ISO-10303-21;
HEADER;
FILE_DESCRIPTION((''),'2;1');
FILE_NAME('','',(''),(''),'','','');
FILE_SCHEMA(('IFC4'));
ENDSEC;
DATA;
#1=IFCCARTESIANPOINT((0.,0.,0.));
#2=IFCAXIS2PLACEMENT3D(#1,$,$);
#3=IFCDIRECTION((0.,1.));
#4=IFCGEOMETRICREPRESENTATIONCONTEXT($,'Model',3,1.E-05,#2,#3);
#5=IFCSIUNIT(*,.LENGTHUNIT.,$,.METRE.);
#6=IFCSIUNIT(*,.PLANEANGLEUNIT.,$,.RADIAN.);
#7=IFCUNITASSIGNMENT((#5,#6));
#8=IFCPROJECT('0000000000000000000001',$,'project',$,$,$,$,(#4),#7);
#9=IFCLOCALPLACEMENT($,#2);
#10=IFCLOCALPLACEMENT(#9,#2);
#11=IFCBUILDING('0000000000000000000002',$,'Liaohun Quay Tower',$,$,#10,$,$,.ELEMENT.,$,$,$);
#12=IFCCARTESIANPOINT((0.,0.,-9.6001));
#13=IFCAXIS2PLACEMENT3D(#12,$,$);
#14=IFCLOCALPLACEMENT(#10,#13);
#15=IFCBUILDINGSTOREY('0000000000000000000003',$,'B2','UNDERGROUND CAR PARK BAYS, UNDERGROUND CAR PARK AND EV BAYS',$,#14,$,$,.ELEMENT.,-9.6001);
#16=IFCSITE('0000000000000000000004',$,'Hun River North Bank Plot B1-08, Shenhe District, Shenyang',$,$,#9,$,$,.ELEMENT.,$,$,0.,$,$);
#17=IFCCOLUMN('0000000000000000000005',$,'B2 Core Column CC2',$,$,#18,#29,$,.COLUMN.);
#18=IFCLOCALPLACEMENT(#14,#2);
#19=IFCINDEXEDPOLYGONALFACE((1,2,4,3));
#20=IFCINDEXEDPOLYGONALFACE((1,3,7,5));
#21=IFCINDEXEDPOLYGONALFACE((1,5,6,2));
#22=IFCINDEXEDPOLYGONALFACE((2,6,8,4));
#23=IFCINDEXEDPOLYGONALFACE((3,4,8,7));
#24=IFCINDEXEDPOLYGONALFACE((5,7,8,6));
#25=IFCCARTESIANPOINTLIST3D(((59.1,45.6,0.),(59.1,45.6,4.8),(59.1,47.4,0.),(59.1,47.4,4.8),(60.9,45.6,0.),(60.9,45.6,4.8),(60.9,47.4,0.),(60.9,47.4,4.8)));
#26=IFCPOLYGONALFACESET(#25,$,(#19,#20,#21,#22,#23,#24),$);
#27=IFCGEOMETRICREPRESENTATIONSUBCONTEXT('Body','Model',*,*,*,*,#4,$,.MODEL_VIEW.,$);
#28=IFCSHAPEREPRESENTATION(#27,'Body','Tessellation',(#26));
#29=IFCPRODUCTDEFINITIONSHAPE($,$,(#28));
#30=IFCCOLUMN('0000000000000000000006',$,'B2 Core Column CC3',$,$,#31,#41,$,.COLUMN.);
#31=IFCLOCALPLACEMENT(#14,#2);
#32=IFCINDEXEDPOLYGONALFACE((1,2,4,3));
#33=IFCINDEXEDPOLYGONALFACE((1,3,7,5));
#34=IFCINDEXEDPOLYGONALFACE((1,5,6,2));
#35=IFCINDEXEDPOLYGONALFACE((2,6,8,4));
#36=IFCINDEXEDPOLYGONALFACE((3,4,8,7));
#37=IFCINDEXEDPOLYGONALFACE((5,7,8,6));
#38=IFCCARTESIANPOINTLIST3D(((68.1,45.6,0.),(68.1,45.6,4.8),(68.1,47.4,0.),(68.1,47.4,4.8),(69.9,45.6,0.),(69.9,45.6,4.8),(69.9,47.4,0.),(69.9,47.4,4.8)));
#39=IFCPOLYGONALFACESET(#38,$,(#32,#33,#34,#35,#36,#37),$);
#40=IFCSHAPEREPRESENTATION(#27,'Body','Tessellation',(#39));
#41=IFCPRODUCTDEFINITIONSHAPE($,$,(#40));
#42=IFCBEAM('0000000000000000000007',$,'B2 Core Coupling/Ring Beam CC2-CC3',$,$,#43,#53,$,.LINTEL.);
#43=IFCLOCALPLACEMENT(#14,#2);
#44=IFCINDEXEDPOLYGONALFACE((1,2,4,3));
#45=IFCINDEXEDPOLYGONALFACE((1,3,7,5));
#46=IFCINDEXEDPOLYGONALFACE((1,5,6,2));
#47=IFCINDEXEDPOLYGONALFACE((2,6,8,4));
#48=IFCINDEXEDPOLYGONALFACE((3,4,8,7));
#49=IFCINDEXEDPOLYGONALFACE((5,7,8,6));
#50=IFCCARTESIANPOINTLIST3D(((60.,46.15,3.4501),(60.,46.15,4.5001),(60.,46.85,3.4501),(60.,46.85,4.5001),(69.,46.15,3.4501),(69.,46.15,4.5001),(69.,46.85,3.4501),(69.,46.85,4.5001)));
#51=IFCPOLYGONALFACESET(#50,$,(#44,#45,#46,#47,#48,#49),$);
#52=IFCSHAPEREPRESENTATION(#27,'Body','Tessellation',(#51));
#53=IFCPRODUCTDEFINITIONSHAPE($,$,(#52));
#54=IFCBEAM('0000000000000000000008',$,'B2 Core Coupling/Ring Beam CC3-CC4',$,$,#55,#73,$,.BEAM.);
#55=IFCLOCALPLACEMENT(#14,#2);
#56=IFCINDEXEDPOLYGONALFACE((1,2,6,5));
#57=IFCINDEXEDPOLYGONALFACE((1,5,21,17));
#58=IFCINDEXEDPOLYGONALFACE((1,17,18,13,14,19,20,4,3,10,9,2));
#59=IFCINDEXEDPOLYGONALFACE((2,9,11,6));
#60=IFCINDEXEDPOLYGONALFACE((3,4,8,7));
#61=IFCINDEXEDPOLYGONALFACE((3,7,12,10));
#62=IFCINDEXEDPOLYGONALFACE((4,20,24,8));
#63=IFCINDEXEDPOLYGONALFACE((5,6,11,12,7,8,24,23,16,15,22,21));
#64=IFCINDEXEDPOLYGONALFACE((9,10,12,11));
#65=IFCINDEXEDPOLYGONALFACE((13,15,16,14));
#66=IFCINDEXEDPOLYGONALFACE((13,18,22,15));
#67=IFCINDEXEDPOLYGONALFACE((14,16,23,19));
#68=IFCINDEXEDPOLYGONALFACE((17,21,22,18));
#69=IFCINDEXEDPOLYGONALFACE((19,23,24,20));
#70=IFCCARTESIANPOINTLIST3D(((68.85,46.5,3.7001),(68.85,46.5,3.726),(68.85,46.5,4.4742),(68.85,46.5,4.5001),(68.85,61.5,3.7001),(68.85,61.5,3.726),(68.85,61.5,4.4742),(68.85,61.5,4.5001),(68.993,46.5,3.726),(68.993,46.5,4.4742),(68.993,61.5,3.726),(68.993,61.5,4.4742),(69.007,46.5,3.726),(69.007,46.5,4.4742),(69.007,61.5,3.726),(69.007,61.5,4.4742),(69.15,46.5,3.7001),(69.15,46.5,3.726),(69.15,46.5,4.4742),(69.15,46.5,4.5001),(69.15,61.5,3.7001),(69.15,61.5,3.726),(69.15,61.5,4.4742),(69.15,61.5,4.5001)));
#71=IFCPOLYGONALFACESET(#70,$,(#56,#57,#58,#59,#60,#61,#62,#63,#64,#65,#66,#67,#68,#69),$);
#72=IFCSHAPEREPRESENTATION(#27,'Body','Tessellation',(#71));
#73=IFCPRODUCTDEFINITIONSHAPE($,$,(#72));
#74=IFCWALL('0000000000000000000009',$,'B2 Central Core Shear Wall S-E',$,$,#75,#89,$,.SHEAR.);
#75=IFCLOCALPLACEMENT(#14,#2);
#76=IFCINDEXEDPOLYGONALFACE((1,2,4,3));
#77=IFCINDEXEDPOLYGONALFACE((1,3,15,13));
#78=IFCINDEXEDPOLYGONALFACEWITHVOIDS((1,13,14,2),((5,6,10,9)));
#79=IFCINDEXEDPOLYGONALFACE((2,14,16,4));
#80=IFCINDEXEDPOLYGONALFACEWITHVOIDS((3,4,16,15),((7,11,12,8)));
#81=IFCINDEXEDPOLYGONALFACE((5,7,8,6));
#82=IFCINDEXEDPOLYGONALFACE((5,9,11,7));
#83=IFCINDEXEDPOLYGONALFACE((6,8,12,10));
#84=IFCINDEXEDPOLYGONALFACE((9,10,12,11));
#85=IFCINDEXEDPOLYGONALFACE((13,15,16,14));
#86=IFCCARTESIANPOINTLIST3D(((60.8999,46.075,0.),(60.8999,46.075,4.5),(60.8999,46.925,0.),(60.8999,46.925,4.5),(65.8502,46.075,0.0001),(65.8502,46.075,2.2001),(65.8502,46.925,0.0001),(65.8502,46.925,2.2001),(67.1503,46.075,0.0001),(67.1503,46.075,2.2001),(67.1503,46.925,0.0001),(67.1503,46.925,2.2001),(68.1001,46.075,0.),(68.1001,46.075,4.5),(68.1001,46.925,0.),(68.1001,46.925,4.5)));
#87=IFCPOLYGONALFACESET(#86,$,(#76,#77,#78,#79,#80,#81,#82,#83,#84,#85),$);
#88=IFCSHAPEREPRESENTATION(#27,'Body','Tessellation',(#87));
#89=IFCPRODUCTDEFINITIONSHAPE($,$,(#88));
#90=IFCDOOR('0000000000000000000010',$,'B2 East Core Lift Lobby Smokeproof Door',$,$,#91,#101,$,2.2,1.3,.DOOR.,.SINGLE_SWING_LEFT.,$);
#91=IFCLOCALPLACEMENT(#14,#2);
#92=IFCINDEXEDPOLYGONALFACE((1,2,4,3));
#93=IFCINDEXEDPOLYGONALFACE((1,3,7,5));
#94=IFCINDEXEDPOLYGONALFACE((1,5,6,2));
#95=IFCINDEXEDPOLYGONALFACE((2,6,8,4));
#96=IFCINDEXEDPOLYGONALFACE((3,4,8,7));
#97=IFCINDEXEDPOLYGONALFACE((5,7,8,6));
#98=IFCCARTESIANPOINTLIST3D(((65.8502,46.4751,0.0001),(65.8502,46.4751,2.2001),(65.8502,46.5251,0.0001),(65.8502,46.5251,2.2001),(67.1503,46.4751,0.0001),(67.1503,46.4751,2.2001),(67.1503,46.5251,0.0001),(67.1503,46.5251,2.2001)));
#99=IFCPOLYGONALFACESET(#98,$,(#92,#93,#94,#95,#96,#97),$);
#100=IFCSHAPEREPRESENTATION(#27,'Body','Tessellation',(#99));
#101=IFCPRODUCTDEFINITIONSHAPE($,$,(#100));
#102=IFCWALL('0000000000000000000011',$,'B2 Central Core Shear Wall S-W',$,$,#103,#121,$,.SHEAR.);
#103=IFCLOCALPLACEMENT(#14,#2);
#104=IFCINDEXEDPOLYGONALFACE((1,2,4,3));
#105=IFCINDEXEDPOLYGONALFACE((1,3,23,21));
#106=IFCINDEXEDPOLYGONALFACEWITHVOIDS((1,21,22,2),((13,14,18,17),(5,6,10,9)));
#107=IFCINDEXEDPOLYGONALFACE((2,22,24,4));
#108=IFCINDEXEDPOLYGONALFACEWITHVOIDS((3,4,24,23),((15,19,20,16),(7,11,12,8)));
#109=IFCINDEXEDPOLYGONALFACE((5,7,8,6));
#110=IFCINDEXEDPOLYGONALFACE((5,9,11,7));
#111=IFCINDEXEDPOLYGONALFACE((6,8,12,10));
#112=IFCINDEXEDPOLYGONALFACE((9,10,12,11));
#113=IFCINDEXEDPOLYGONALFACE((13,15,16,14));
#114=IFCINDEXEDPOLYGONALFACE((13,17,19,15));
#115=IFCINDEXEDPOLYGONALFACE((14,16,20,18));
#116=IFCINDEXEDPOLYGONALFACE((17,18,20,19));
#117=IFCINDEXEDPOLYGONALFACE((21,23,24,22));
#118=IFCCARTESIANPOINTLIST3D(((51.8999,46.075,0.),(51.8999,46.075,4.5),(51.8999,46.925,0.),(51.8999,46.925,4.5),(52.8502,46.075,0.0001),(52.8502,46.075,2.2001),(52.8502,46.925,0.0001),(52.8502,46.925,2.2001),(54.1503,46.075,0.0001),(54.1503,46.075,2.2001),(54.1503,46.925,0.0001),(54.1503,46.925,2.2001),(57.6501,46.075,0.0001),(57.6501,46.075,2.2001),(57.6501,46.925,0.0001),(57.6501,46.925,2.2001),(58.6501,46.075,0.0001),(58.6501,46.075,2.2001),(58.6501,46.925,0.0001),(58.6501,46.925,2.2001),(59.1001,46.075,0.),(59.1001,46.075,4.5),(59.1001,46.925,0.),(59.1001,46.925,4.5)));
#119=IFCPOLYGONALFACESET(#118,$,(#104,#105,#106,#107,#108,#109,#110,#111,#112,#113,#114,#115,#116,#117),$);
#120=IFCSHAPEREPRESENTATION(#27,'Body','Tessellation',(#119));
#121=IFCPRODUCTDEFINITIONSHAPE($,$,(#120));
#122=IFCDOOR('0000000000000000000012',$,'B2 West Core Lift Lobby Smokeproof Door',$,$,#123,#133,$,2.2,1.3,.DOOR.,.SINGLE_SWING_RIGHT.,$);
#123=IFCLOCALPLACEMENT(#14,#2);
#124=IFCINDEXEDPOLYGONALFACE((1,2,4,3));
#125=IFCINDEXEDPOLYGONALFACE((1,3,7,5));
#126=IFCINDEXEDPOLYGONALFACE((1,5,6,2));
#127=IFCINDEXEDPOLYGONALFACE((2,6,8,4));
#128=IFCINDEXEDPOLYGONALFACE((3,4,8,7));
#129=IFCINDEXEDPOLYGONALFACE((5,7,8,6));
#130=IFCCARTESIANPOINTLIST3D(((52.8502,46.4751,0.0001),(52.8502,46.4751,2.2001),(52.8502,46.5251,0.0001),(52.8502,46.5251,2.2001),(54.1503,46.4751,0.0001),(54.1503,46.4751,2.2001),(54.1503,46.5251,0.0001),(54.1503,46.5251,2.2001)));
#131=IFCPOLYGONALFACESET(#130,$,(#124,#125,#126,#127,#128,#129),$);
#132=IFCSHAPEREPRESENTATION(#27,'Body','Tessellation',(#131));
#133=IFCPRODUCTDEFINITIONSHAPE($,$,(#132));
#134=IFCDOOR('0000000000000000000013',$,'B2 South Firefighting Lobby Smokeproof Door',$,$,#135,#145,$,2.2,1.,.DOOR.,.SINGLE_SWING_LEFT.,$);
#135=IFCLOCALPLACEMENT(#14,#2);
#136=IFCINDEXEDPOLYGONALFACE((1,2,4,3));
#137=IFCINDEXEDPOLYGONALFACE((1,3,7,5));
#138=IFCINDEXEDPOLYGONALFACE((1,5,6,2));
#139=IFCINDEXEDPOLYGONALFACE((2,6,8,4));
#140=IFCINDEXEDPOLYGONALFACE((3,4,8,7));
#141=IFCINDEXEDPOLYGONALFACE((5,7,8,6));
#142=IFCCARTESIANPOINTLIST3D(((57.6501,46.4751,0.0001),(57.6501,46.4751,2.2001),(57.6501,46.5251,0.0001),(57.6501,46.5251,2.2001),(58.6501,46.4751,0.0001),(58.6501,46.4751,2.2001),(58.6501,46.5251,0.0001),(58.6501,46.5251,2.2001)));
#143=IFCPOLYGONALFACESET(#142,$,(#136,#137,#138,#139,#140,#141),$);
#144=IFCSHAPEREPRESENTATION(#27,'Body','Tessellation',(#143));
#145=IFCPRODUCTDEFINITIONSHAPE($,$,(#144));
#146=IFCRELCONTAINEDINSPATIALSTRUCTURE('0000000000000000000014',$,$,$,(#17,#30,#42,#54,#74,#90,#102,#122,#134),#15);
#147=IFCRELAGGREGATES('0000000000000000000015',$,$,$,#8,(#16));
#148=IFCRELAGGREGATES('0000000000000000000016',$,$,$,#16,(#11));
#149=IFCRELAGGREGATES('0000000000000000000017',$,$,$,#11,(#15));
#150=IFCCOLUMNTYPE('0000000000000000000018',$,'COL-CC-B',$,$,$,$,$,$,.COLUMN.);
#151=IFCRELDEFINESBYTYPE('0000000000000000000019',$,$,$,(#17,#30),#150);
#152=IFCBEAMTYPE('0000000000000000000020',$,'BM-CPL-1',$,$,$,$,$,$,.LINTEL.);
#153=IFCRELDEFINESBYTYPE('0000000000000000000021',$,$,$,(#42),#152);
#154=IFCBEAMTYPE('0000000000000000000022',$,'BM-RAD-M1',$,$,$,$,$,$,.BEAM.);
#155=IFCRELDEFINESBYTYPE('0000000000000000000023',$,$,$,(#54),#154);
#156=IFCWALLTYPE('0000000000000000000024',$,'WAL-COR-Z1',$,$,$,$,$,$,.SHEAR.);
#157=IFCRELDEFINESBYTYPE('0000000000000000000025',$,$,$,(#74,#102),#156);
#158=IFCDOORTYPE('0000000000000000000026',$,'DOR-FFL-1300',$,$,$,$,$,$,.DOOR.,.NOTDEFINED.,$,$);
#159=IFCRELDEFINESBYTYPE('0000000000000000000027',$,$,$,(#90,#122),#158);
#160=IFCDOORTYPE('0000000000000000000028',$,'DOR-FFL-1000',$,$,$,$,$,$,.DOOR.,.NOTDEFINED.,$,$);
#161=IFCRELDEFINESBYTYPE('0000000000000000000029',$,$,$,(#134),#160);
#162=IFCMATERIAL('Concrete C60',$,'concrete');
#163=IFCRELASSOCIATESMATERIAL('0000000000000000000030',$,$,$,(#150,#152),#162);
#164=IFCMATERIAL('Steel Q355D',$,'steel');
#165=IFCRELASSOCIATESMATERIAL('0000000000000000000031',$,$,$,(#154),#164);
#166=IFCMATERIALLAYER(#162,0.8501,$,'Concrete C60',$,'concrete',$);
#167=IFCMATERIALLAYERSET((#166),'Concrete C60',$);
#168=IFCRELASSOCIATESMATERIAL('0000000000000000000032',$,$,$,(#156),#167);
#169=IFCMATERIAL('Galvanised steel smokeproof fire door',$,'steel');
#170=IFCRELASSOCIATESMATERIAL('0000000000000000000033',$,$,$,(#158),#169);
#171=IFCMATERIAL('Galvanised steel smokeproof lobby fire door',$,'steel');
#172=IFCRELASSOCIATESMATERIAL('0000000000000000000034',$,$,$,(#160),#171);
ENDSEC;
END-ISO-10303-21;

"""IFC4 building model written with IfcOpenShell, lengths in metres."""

from ifc_helpers import new_model, si_unit, direction, frame, frame_2d, origin, origin_2d, place, context, subcontext, project, spatial, rectangle, i_section, extrude, source, transform, mapped, material, layer, layer_set, material_profile, profile_set, type_object, element, fill, save


model = new_model("IFC4")

# Units and contexts
model_context = context("Model", 3, precision=1e-05, world=origin(), true_north=direction((0.0, 1.0)))
body_context = subcontext(model_context, "Body", "Model", "MODEL_VIEW")
ifc_project = project(units=[si_unit("LENGTHUNIT", "METRE"), si_unit("PLANEANGLEUNIT", "RADIAN")], contexts=[model_context])

# Site, building, storey
site_placement = place(None, origin())
site = spatial("IfcSite", under=ifc_project, at=site_placement, Name="Hun River North Bank Plot B1-08, Shenhe District, Shenyang", CompositionType="ELEMENT", RefElevation=0.0)
building_placement = place(site_placement, origin())
building = spatial("IfcBuilding", under=site, at=building_placement, Name="Liaohun Quay Tower", CompositionType="ELEMENT")
storey_placement = place(building_placement, frame((0.0, 0.0, -9.6001)))
storey = spatial("IfcBuildingStorey", under=building, at=storey_placement, Name="B2", Description="UNDERGROUND CAR PARK BAYS, UNDERGROUND CAR PARK AND EV BAYS", CompositionType="ELEMENT", Elevation=-9.6001)

# Columns
ifc_material_1 = material(Name="Concrete C60", Category="concrete")
ifc_material_profile_1 = material_profile(ifc_material_1, rectangle(XDim=1.8, YDim=1.8, at=origin_2d()), Name="RC1800x1800")
ifc_profile_set_1 = profile_set([ifc_material_profile_1], Name="Concrete C60")
column_type = type_object("IfcColumnType", Name="COL-CC-B", PredefinedType="COLUMN", material=ifc_profile_set_1)
shared_shape_1 = source(origin(), body_context, "Body", "SweptSolid", [
    extrude(rectangle(XDim=1.8, YDim=1.8, at=origin_2d()), origin(), (0.0, 0.0, 1.0), 4.8),
])
for number, where, z_axis, x_axis, name in (
    (1, (60.0, 46.5, 0.0), (0.0, 0.0, 1.0), (1.0, 0.0, 0.0), "B2 Core Column CC2"),
    (2, (69.0, 46.5, 0.0), (0.0, 0.0, 1.0), (1.0, 0.0, 0.0), "B2 Core Column CC3"),
):
    element("IfcColumn", number, at=place(storey_placement, frame(where, z_axis=z_axis, x_axis=x_axis)), inside=storey, type_object=column_type, Name=name, PredefinedType="COLUMN", context=body_context, shape_type="MappedRepresentation", body=[
        mapped(shared_shape_1, transform((0.0, 0.0, 0.0), x_axis=(1.0, 0.0, 0.0), y_axis=(0.0, 1.0, 0.0), z_axis=(0.0, 0.0, 1.0), scale=1.0)),
    ])

# Beams
ifc_material_profile_2 = material_profile(ifc_material_1, rectangle(XDim=0.7, YDim=1.05, at=origin_2d()), Name="RC700x1050")
ifc_profile_set_2 = profile_set([ifc_material_profile_2], Name="Concrete C60")
beam_type_1 = type_object("IfcBeamType", Name="BM-CPL-1", PredefinedType="LINTEL", material=ifc_profile_set_2)
shared_shape_2 = source(origin(), body_context, "Body", "SweptSolid", [
    extrude(rectangle(XDim=0.7, YDim=1.05, at=origin_2d()), origin(), (0.0, 0.0, 1.0), 9.0),
])
beam_1_placement = place(storey_placement, frame((60.0, 46.5, 3.9751), z_axis=(1.0, 0.0, 0.0), x_axis=(0.0, 1.0, 0.0)))
element("IfcBeam", 3, at=beam_1_placement, inside=storey, type_object=beam_type_1, Name="B2 Core Coupling/Ring Beam CC2-CC3", PredefinedType="LINTEL", context=body_context, shape_type="MappedRepresentation", body=[
    mapped(shared_shape_2, transform((0.0, 0.0, 0.0), x_axis=(1.0, 0.0, 0.0), y_axis=(0.0, 1.0, 0.0), z_axis=(0.0, 0.0, 1.0), scale=1.0)),
])
ifc_material_2 = material(Name="Steel Q355D", Category="steel")
ifc_material_profile_3 = material_profile(ifc_material_2, i_section(OverallWidth=0.3, OverallDepth=0.8, WebThickness=0.0139, FlangeThickness=0.0259, at=origin_2d()), Name="HN800x300x14x26")
ifc_profile_set_3 = profile_set([ifc_material_profile_3], Name="Steel Q355D")
beam_type_2 = type_object("IfcBeamType", Name="BM-RAD-M1", PredefinedType="BEAM", material=ifc_profile_set_3)
shared_shape_3 = source(origin(), body_context, "Body", "SweptSolid", [
    extrude(i_section(OverallWidth=0.3, OverallDepth=0.8, WebThickness=0.0139, FlangeThickness=0.0259, at=origin_2d()), origin(), (0.0, 0.0, 1.0), 15.0),
])
beam_2_placement = place(storey_placement, frame((69.0, 46.5, 4.1001), z_axis=(0.0, 1.0, 0.0), x_axis=(-1.0, 0.0, 0.0)))
element("IfcBeam", 4, at=beam_2_placement, inside=storey, type_object=beam_type_2, Name="B2 Core Coupling/Ring Beam CC3-CC4", PredefinedType="BEAM", context=body_context, shape_type="MappedRepresentation", body=[
    mapped(shared_shape_3, transform((0.0, 0.0, 0.0), x_axis=(1.0, 0.0, 0.0), y_axis=(0.0, 1.0, 0.0), z_axis=(0.0, 0.0, 1.0), scale=1.0)),
])

# Wall, opening, door
ifc_layer_1 = layer(ifc_material_1, 0.8501, Name="Concrete C60", Category="concrete")
ifc_layer_set_1 = layer_set([ifc_layer_1], Name="Concrete C60")
wall_type_1 = type_object("IfcWallType", Name="WAL-COR-Z1", PredefinedType="SHEAR", material=ifc_layer_set_1)
wall_1_placement = place(storey_placement, frame((68.1001, 46.5, 0.0), z_axis=(0.0, 0.0, 1.0), x_axis=(-1.0, 0.0, 0.0)))
wall_1 = element("IfcWall", 5, at=wall_1_placement, inside=storey, type_object=wall_type_1, Name="B2 Central Core Shear Wall S-E", PredefinedType="SHEAR", context=body_context, shape_type="SweptSolid", body=[
    extrude(rectangle(XDim=7.2002, YDim=0.8501, at=frame_2d((3.6001, 0.0))), origin(), (0.0, 0.0, 1.0), 4.5),
])
shared_shape_4 = source(origin(), body_context, "Body", "SweptSolid", [
    extrude(rectangle(XDim=1.3, YDim=2.2, at=frame_2d((0.6499, 1.1001))), frame((0.0, 0.4351, 0.0), z_axis=(0.0, -1.0, 0.0), x_axis=(1.0, 0.0, 0.0)), (0.0, 0.0, 1.0), 0.8701),
])
opening_1_placement = place(wall_1_placement, frame((0.95, 0.0, 0.0)))
opening_1 = element("IfcOpeningElement", 6, at=opening_1_placement, cuts=wall_1, PredefinedType="OPENING", context=body_context, shape_type="MappedRepresentation", body=[
    mapped(shared_shape_4, transform((0.0, 0.0, 0.0), x_axis=(1.0, 0.0, 0.0), y_axis=(0.0, 1.0, 0.0), z_axis=(0.0, 0.0, 1.0), scale=1.0)),
])
ifc_material_3 = material(Name="Galvanised steel smokeproof fire door", Category="steel")
door_type_1 = type_object("IfcDoorType", Name="DOR-FFL-1300", OperationType="NOTDEFINED", PredefinedType="DOOR", material=ifc_material_3)
shared_shape_5 = source(origin(), body_context, "Body", "SweptSolid", [
    extrude(rectangle(XDim=1.3, YDim=2.2, at=frame_2d((0.6499, 1.1001))), frame((0.0, 0.0249, 0.0), z_axis=(0.0, -1.0, 0.0), x_axis=(1.0, 0.0, 0.0)), (0.0, 0.0, 1.0), 0.05),
])
door_1_placement = place(opening_1_placement, origin())
door_1 = element("IfcDoor", 7, at=door_1_placement, inside=storey, type_object=door_type_1, Name="B2 East Core Lift Lobby Smokeproof Door", OperationType="SINGLE_SWING_LEFT", OverallHeight=2.2, OverallWidth=1.3, PredefinedType="DOOR", context=body_context, shape_type="MappedRepresentation", body=[
    mapped(shared_shape_5, transform((0.0, 0.0, 0.0), x_axis=(1.0, 0.0, 0.0), y_axis=(0.0, 1.0, 0.0), z_axis=(0.0, 0.0, 1.0), scale=1.0)),
])
fill(opening_1, door_1)

# Wall, openings, doors
wall_2_placement = place(storey_placement, frame((59.1001, 46.5, 0.0), z_axis=(0.0, 0.0, 1.0), x_axis=(-1.0, 0.0, 0.0)))
wall_2 = element("IfcWall", 8, at=wall_2_placement, inside=storey, type_object=wall_type_1, Name="B2 Central Core Shear Wall S-W", PredefinedType="SHEAR", context=body_context, shape_type="SweptSolid", body=[
    extrude(rectangle(XDim=7.2002, YDim=0.8501, at=frame_2d((3.6001, 0.0))), origin(), (0.0, 0.0, 1.0), 4.5),
])
opening_2_placement = place(wall_2_placement, frame((4.95, 0.0, 0.0)))
opening_2 = element("IfcOpeningElement", 9, at=opening_2_placement, cuts=wall_2, PredefinedType="OPENING", context=body_context, shape_type="MappedRepresentation", body=[
    mapped(shared_shape_4, transform((0.0, 0.0, 0.0), x_axis=(1.0, 0.0, 0.0), y_axis=(0.0, 1.0, 0.0), z_axis=(0.0, 0.0, 1.0), scale=1.0)),
])
shared_shape_6 = source(origin(), body_context, "Body", "SweptSolid", [
    extrude(rectangle(XDim=1.0, YDim=2.2, at=frame_2d((0.5, 1.1001))), frame((0.0, 0.4351, 0.0), z_axis=(0.0, -1.0, 0.0), x_axis=(1.0, 0.0, 0.0)), (0.0, 0.0, 1.0), 0.8701),
])
opening_3_placement = place(wall_2_placement, frame((0.45, 0.0, 0.0)))
opening_3 = element("IfcOpeningElement", 10, at=opening_3_placement, cuts=wall_2, PredefinedType="OPENING", context=body_context, shape_type="MappedRepresentation", body=[
    mapped(shared_shape_6, transform((0.0, 0.0, 0.0), x_axis=(1.0, 0.0, 0.0), y_axis=(0.0, 1.0, 0.0), z_axis=(0.0, 0.0, 1.0), scale=1.0)),
])
door_2_placement = place(opening_2_placement, origin())
door_2 = element("IfcDoor", 11, at=door_2_placement, inside=storey, type_object=door_type_1, Name="B2 West Core Lift Lobby Smokeproof Door", OperationType="SINGLE_SWING_RIGHT", OverallHeight=2.2, OverallWidth=1.3, PredefinedType="DOOR", context=body_context, shape_type="MappedRepresentation", body=[
    mapped(shared_shape_5, transform((0.0, 0.0, 0.0), x_axis=(1.0, 0.0, 0.0), y_axis=(0.0, 1.0, 0.0), z_axis=(0.0, 0.0, 1.0), scale=1.0)),
])
fill(opening_2, door_2)
ifc_material_4 = material(Name="Galvanised steel smokeproof lobby fire door", Category="steel")
door_type_2 = type_object("IfcDoorType", Name="DOR-FFL-1000", OperationType="NOTDEFINED", PredefinedType="DOOR", material=ifc_material_4)
shared_shape_7 = source(origin(), body_context, "Body", "SweptSolid", [
    extrude(rectangle(XDim=1.0, YDim=2.2, at=frame_2d((0.5, 1.1001))), frame((0.0, 0.0249, 0.0), z_axis=(0.0, -1.0, 0.0), x_axis=(1.0, 0.0, 0.0)), (0.0, 0.0, 1.0), 0.05),
])
door_3_placement = place(opening_3_placement, origin())
door_3 = element("IfcDoor", 12, at=door_3_placement, inside=storey, type_object=door_type_2, Name="B2 South Firefighting Lobby Smokeproof Door", OperationType="SINGLE_SWING_LEFT", OverallHeight=2.2, OverallWidth=1.0, PredefinedType="DOOR", context=body_context, shape_type="MappedRepresentation", body=[
    mapped(shared_shape_7, transform((0.0, 0.0, 0.0), x_axis=(1.0, 0.0, 0.0), y_axis=(0.0, 1.0, 0.0), z_axis=(0.0, 0.0, 1.0), scale=1.0)),
])
fill(opening_3, door_3)

save(model, "model.ifc")
